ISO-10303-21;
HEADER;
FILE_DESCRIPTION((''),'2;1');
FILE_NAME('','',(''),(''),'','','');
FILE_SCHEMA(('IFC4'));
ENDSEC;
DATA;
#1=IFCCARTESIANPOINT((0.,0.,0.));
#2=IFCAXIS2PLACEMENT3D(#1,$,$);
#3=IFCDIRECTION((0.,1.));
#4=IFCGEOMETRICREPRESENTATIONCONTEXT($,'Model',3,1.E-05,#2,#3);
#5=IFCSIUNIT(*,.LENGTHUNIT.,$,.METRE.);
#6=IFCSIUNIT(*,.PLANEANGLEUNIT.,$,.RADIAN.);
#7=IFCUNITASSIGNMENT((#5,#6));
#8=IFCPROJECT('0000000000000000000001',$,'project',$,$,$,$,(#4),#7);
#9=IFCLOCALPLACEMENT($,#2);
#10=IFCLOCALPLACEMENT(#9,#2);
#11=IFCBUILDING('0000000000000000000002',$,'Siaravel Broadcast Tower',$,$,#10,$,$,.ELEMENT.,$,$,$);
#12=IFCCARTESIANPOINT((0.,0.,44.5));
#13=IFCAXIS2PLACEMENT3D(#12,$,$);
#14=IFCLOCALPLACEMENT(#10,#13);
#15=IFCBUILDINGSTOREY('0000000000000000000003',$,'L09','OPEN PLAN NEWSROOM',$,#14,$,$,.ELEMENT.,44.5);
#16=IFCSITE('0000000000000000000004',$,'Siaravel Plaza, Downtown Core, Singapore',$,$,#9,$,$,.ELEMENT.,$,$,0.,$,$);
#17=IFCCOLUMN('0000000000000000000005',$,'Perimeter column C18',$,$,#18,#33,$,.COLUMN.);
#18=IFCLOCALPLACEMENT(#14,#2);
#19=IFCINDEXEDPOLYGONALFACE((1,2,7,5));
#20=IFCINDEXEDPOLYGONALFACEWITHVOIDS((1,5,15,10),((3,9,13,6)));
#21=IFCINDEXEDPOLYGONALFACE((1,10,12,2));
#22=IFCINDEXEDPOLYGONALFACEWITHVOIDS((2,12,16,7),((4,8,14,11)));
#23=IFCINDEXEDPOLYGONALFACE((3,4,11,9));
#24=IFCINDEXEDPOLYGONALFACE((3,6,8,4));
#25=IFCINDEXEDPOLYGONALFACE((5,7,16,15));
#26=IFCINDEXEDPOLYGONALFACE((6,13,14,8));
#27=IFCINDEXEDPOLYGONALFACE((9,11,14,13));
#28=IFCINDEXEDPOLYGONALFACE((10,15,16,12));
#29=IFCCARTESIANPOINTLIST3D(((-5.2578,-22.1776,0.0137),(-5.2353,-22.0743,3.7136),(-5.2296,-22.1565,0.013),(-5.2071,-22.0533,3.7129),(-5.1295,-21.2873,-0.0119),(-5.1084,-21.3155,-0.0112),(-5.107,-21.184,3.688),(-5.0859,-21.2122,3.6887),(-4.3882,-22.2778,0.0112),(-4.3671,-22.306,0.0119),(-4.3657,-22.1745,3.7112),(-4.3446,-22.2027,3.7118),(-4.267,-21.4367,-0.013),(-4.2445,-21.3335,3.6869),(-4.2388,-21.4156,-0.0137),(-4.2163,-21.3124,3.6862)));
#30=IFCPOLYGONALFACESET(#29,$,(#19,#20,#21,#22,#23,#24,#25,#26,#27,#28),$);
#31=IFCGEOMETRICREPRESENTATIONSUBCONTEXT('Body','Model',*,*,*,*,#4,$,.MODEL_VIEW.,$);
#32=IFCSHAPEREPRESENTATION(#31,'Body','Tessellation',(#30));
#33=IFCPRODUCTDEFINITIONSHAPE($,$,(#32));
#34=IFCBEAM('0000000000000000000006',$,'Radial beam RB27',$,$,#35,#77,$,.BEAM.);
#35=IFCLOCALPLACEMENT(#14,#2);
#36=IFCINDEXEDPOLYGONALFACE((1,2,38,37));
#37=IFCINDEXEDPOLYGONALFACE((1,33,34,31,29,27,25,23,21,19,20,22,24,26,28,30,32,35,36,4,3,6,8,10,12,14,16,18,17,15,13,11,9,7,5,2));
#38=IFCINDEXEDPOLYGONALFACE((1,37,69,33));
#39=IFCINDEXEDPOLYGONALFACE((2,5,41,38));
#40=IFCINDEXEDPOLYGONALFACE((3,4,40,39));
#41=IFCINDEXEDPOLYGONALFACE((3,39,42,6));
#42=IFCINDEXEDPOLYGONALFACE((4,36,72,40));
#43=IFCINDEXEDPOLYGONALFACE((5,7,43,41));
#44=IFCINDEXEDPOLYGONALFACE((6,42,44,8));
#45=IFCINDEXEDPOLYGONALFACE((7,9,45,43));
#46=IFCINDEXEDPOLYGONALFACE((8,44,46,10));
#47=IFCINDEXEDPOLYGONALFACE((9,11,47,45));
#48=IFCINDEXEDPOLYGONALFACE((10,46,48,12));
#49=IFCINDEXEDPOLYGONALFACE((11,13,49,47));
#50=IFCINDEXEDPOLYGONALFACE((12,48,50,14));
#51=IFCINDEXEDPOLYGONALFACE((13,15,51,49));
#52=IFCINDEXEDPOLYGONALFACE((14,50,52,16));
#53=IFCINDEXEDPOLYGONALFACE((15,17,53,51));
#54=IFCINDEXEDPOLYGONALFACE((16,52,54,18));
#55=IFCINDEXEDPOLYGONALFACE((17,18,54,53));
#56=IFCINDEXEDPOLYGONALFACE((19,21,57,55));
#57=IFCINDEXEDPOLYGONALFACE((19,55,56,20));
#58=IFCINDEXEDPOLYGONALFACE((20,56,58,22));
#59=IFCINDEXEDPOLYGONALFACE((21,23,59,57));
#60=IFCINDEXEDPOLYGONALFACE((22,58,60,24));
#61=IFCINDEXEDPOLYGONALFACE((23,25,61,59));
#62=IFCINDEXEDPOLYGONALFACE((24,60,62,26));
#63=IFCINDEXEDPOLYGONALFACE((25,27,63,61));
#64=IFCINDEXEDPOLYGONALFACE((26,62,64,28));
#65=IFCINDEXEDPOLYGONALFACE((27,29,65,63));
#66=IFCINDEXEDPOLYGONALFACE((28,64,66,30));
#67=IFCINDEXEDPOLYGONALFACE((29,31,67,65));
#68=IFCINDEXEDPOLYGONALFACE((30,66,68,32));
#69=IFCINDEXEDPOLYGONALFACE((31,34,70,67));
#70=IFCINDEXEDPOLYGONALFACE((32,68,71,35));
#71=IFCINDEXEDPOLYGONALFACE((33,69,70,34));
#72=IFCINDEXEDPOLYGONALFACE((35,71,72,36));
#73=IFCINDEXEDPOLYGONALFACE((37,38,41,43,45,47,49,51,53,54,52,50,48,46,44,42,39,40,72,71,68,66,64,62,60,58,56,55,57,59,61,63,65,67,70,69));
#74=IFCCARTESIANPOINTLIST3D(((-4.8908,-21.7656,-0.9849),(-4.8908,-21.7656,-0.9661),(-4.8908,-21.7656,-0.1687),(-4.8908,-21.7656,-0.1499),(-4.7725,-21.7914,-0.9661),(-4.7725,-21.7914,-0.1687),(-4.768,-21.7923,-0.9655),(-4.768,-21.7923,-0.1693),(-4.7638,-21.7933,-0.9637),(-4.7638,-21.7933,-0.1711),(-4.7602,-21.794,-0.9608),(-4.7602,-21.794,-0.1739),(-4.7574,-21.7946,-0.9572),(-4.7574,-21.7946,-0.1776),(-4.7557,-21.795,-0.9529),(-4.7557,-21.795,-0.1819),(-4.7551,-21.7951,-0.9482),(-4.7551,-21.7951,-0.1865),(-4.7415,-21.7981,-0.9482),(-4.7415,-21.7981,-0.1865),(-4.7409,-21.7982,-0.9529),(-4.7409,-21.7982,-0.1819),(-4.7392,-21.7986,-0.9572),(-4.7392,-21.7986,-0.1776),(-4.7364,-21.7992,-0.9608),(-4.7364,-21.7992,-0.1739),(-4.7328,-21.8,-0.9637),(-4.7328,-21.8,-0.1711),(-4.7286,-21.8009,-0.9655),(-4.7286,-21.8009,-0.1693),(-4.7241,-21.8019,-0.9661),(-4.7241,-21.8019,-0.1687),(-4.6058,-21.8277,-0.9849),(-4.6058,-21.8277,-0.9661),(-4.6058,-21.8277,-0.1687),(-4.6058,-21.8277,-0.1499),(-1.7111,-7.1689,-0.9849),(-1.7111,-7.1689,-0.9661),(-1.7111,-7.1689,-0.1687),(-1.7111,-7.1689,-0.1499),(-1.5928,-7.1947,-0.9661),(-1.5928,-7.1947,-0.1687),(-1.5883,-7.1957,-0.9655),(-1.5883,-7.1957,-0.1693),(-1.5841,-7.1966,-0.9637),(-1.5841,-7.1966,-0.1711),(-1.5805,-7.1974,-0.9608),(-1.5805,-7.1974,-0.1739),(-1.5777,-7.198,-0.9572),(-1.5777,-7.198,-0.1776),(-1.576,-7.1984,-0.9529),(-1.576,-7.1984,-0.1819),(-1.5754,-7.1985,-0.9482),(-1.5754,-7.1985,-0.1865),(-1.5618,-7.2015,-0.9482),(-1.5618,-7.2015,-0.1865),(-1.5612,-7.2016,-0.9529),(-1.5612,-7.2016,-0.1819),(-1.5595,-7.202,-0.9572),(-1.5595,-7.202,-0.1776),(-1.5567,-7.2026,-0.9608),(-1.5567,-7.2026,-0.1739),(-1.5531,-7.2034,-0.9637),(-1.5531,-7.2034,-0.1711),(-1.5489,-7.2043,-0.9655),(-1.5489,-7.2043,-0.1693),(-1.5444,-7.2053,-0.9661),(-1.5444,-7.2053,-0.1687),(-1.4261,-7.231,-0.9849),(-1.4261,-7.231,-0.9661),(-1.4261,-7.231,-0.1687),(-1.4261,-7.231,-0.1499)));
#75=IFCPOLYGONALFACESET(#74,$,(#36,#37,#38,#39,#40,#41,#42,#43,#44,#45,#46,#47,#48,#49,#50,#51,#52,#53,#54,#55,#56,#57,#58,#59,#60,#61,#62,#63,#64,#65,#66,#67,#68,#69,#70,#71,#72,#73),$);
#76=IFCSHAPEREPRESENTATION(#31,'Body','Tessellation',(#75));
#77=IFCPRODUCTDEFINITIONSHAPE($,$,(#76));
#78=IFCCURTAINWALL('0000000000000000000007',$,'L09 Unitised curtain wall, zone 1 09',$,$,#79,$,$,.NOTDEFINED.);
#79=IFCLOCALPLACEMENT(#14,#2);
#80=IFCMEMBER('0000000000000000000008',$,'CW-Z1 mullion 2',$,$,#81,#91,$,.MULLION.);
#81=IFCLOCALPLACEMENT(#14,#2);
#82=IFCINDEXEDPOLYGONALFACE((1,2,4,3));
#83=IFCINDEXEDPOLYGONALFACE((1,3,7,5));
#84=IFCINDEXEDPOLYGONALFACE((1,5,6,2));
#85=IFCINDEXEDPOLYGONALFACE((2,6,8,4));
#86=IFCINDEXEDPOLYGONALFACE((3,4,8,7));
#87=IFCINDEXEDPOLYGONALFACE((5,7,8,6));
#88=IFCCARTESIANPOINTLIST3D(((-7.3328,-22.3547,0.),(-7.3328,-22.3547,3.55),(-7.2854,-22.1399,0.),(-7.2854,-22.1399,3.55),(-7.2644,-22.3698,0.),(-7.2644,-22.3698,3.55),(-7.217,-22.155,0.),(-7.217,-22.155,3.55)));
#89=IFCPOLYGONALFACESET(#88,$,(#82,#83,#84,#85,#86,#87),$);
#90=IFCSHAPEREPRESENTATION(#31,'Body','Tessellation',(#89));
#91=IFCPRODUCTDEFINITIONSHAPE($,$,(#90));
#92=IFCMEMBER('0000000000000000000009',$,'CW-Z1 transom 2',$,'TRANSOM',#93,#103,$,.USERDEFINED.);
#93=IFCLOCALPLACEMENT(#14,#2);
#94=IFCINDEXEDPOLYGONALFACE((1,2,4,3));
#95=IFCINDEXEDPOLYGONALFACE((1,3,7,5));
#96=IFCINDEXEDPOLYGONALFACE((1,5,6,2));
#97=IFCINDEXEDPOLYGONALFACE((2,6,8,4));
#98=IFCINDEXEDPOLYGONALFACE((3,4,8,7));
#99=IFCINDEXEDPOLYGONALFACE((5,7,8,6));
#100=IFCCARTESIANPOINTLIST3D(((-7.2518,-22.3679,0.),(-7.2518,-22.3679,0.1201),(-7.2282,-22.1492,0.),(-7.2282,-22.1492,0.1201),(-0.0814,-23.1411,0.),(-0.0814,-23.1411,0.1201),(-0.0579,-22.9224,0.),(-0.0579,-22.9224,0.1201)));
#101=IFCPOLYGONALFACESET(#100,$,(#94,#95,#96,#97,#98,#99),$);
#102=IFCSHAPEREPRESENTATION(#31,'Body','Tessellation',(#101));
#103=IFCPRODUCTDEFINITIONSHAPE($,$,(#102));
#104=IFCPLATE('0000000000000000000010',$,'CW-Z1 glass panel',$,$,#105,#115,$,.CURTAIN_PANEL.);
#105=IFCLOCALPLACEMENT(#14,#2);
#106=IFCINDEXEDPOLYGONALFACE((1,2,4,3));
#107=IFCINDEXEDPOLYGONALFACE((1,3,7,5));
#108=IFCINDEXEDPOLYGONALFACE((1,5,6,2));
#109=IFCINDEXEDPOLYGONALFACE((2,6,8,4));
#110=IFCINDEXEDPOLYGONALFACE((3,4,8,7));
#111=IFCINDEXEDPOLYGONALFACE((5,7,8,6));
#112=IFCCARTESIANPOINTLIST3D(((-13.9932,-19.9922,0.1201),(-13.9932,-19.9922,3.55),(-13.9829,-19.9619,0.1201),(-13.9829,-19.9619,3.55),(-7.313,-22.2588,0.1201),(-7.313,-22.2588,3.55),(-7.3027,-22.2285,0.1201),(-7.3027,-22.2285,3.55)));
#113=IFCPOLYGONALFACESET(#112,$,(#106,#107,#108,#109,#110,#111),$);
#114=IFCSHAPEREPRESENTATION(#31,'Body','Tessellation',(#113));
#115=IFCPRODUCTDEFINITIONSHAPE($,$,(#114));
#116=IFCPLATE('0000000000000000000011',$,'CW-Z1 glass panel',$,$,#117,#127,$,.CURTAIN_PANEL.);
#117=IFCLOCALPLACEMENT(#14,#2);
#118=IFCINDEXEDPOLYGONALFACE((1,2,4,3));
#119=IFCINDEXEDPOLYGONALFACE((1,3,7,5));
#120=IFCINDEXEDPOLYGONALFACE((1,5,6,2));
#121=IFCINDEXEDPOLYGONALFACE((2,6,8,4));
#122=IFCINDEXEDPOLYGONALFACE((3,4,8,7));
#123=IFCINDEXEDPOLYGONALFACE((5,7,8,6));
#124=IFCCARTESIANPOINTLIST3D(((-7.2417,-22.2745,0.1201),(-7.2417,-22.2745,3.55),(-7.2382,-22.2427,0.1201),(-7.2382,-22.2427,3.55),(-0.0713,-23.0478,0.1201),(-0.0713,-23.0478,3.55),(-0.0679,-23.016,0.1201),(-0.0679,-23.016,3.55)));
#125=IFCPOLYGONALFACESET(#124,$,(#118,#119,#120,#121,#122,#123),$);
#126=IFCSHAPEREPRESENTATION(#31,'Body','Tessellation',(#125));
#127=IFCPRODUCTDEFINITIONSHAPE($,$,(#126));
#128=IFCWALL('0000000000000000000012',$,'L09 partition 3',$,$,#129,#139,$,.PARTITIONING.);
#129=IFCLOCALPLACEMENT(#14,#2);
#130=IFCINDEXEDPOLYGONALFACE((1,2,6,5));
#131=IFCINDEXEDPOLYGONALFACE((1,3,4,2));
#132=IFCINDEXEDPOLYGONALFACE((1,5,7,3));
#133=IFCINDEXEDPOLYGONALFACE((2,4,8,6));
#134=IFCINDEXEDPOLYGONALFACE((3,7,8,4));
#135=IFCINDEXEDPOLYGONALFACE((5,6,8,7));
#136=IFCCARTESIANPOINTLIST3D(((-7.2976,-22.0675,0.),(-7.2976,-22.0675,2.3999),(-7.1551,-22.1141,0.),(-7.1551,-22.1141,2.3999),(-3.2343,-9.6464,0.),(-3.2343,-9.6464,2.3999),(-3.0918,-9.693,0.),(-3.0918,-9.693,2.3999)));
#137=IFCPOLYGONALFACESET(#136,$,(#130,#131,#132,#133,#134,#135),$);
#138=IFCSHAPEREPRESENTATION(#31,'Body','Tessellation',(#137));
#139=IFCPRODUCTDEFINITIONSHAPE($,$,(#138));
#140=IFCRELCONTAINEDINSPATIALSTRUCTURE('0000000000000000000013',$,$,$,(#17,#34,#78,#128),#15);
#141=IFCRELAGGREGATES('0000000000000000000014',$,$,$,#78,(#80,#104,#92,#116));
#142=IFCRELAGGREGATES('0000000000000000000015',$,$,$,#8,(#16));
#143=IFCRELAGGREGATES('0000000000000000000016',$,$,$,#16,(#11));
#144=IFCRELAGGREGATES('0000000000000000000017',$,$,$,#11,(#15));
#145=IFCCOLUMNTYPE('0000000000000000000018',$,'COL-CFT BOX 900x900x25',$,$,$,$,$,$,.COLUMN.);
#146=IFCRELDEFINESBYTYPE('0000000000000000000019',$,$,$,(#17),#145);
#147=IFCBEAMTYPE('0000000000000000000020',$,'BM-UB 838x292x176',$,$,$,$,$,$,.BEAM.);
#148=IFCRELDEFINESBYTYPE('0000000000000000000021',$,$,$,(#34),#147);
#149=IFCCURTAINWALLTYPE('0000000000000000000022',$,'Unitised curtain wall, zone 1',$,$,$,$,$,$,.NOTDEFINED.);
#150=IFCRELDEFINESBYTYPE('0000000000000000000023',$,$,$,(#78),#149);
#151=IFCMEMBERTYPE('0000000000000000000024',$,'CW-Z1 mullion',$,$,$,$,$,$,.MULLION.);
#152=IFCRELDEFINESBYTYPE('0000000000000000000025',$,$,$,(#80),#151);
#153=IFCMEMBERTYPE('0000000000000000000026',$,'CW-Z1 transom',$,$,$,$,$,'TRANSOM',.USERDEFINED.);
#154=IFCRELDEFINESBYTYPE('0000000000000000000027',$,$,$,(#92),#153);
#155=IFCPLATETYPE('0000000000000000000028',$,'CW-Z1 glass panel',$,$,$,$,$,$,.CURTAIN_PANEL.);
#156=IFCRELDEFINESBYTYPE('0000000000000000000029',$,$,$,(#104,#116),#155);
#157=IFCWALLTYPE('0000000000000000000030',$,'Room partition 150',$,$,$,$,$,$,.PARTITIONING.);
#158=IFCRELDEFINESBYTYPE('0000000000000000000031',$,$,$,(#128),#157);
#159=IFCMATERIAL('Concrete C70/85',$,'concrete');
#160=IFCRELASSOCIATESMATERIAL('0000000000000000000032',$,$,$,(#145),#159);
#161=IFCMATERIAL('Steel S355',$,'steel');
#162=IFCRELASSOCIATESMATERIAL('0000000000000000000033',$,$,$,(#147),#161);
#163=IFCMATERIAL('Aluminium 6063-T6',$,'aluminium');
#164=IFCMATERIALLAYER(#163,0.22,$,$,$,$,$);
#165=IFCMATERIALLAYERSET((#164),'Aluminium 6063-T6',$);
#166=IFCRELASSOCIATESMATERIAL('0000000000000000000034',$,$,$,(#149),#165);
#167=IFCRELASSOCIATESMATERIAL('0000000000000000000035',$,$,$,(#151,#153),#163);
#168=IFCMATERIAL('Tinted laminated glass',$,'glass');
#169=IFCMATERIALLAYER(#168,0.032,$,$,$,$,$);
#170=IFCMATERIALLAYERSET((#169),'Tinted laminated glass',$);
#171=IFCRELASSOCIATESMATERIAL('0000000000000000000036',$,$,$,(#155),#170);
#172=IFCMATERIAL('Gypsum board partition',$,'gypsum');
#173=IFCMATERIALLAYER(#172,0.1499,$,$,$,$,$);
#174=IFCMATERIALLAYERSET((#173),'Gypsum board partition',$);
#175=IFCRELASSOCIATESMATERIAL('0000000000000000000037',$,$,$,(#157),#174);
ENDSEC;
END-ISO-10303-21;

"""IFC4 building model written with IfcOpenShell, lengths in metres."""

from ifc_helpers import new_model, si_unit, direction, frame, frame_2d, origin, origin_2d, place, context, subcontext, project, spatial, rectangle, hollow_rectangle, i_section, extrude, material, layer, layer_set, material_profile, profile_set, type_object, element, aggregate, save


model = new_model("IFC4")

# Units and contexts
model_context = context("Model", 3, precision=1e-05, world=origin(), true_north=direction((0.0, 1.0)))
body_context = subcontext(model_context, "Body", "Model", "MODEL_VIEW")
ifc_project = project(units=[si_unit("LENGTHUNIT", "METRE"), si_unit("PLANEANGLEUNIT", "RADIAN")], contexts=[model_context])

# Site, building, storey
site_placement = place(None, origin())
site = spatial("IfcSite", under=ifc_project, at=site_placement, Name="Siaravel Plaza, Downtown Core, Singapore", CompositionType="ELEMENT", RefElevation=0.0)
building_placement = place(site_placement, origin())
building = spatial("IfcBuilding", under=site, at=building_placement, Name="Siaravel Broadcast Tower", CompositionType="ELEMENT")
storey_placement = place(building_placement, frame((0.0, 0.0, 44.5)))
storey = spatial("IfcBuildingStorey", under=building, at=storey_placement, Name="L09", Description="OPEN PLAN NEWSROOM", CompositionType="ELEMENT", Elevation=44.5)

# Column
ifc_material_1 = material(Name="Concrete C70/85", Category="concrete")
ifc_material_profile_1 = material_profile(ifc_material_1, hollow_rectangle(XDim=0.8999, YDim=0.8999, WallThickness=0.0249, at=origin_2d()))
ifc_profile_set_1 = profile_set([ifc_material_profile_1], Name="Concrete C70/85")
column_type = type_object("IfcColumnType", Name="COL-CFT BOX 900x900x25", PredefinedType="COLUMN", material=ifc_profile_set_1)
column_placement = place(storey_placement, frame((-4.7483, -21.7966, 0.0), z_axis=(0.006068, 0.0279, 0.999592), x_axis=(-0.989772, 0.142647, 0.002027)))
element("IfcColumn", 1, at=column_placement, inside=storey, type_object=column_type, Name="Perimeter column C18", PredefinedType="COLUMN", context=body_context, shape_type="SweptSolid", body=[
    extrude(hollow_rectangle(XDim=0.8999, YDim=0.8999, WallThickness=0.0249, at=origin_2d()), origin(), (0.0, 0.0, 1.0), 3.7014),
])

# Beam
ifc_material_2 = material(Name="Steel S355", Category="steel")
ifc_material_profile_2 = material_profile(ifc_material_2, i_section(OverallWidth=0.2917, OverallDepth=0.835, WebThickness=0.0139, FlangeThickness=0.0188, FilletRadius=0.0178, at=origin_2d()))
ifc_profile_set_2 = profile_set([ifc_material_profile_2], Name="Steel S355")
beam_type = type_object("IfcBeamType", Name="BM-UB 838x292x176", PredefinedType="BEAM", material=ifc_profile_set_2)
beam_placement = place(storey_placement, frame((-4.7483, -21.7966, -0.5674), z_axis=(0.212845, 0.977086, 0.0), x_axis=(-0.977086, 0.212845, 0.0)))
element("IfcBeam", 2, at=beam_placement, inside=storey, type_object=beam_type, Name="Radial beam RB27", PredefinedType="BEAM", context=body_context, shape_type="SweptSolid", body=[
    extrude(i_section(OverallWidth=0.2917, OverallDepth=0.835, WebThickness=0.0139, FlangeThickness=0.0188, FilletRadius=0.0178, at=origin_2d()), origin(), (0.0, 0.0, 1.0), 14.939),
])

# Curtain wall, members, plates
ifc_material_3 = material(Name="Aluminium 6063-T6", Category="aluminium")
ifc_layer_1 = layer(ifc_material_3, 0.22)
ifc_layer_set_1 = layer_set([ifc_layer_1], Name="Aluminium 6063-T6")
curtain_wall_type = type_object("IfcCurtainWallType", Name="Unitised curtain wall, zone 1", PredefinedType="NOTDEFINED", material=ifc_layer_set_1)
curtain_wall_placement = place(storey_placement, origin())
curtain_wall = element("IfcCurtainWall", 3, at=curtain_wall_placement, inside=storey, type_object=curtain_wall_type, Name="L09 Unitised curtain wall, zone 1 09", PredefinedType="NOTDEFINED")
ifc_material_profile_3 = material_profile(ifc_material_3, rectangle(XDim=0.22, YDim=0.0701, at=origin_2d()))
ifc_profile_set_3 = profile_set([ifc_material_profile_3], Name="Aluminium 6063-T6")
member_type_1 = type_object("IfcMemberType", Name="CW-Z1 mullion", PredefinedType="MULLION", material=ifc_profile_set_3)
member_1_placement = place(storey_placement, frame((-7.2749, -22.2549, 0.0), z_axis=(0.0, 0.0, 1.0), x_axis=(0.215558, 0.976491, 0.0)))
member_1 = element("IfcMember", 4, at=member_1_placement, type_object=member_type_1, Name="CW-Z1 mullion 2", PredefinedType="MULLION", context=body_context, shape_type="SweptSolid", body=[
    extrude(rectangle(XDim=0.22, YDim=0.0701, at=origin_2d()), origin(), (0.0, 0.0, 1.0), 3.55),
])
ifc_material_profile_4 = material_profile(ifc_material_3, rectangle(XDim=0.22, YDim=0.1201, at=origin_2d()))
ifc_profile_set_4 = profile_set([ifc_material_profile_4], Name="Aluminium 6063-T6")
member_type_2 = type_object("IfcMemberType", Name="CW-Z1 transom", ElementType="TRANSOM", PredefinedType="USERDEFINED", material=ifc_profile_set_4)
member_2_placement = place(storey_placement, frame((-7.24, -22.2585, 0.0601), z_axis=(0.994236, -0.10721, 0.0), x_axis=(0.10721, 0.994236, 0.0)))
member_2 = element("IfcMember", 5, at=member_2_placement, type_object=member_type_2, Name="CW-Z1 transom 2", ObjectType="TRANSOM", PredefinedType="USERDEFINED", context=body_context, shape_type="SweptSolid", body=[
    extrude(rectangle(XDim=0.22, YDim=0.1201, at=origin_2d()), origin(), (0.0, 0.0, 1.0), 7.2119),
])
ifc_material_4 = material(Name="Tinted laminated glass", Category="glass")
ifc_layer_2 = layer(ifc_material_4, 0.032)
ifc_layer_set_2 = layer_set([ifc_layer_2], Name="Tinted laminated glass")
plate_type = type_object("IfcPlateType", Name="CW-Z1 glass panel", PredefinedType="CURTAIN_PANEL", material=ifc_layer_set_2)
plate_1_placement = place(storey_placement, frame((-10.6479, -21.1104, 0.1201), z_axis=(0.0, 0.0, 1.0), x_axis=(0.946977, -0.321301, 0.0)))
plate_1 = element("IfcPlate", 6, at=plate_1_placement, type_object=plate_type, Name="CW-Z1 glass panel", PredefinedType="CURTAIN_PANEL", context=body_context, shape_type="SweptSolid", body=[
    extrude(rectangle(XDim=7.0542, YDim=0.032, at=origin_2d()), origin(), (0.0, 0.0, 1.0), 3.4299),
])
plate_2_placement = place(storey_placement, frame((-3.6548, -22.6453, 0.1201), z_axis=(0.0, 0.0, 1.0), x_axis=(0.994236, -0.107218, 0.0)))
plate_2 = element("IfcPlate", 7, at=plate_2_placement, type_object=plate_type, Name="CW-Z1 glass panel", PredefinedType="CURTAIN_PANEL", context=body_context, shape_type="SweptSolid", body=[
    extrude(rectangle(XDim=7.2119, YDim=0.032, at=origin_2d()), origin(), (0.0, 0.0, 1.0), 3.4299),
])
aggregate(curtain_wall, [member_1, plate_1, member_2, plate_2])

# Wall
ifc_material_5 = material(Name="Gypsum board partition", Category="gypsum")
ifc_layer_3 = layer(ifc_material_5, 0.1499)
ifc_layer_set_3 = layer_set([ifc_layer_3], Name="Gypsum board partition")
wall_type = type_object("IfcWallType", Name="Room partition 150", PredefinedType="PARTITIONING", material=ifc_layer_set_3)
wall_placement = place(storey_placement, frame((-7.2263, -22.0908, 0.0), z_axis=(0.0, 0.0, 1.0), x_axis=(0.31091, 0.950439, 0.0)))
element("IfcWall", 8, at=wall_placement, inside=storey, type_object=wall_type, Name="L09 partition 3", PredefinedType="PARTITIONING", context=body_context, shape_type="SweptSolid", body=[
    extrude(rectangle(XDim=13.0688, YDim=0.1499, at=frame_2d((6.5344, 0.0))), origin(), (0.0, 0.0, 1.0), 2.3999),
])

save(model, "model.ifc")
